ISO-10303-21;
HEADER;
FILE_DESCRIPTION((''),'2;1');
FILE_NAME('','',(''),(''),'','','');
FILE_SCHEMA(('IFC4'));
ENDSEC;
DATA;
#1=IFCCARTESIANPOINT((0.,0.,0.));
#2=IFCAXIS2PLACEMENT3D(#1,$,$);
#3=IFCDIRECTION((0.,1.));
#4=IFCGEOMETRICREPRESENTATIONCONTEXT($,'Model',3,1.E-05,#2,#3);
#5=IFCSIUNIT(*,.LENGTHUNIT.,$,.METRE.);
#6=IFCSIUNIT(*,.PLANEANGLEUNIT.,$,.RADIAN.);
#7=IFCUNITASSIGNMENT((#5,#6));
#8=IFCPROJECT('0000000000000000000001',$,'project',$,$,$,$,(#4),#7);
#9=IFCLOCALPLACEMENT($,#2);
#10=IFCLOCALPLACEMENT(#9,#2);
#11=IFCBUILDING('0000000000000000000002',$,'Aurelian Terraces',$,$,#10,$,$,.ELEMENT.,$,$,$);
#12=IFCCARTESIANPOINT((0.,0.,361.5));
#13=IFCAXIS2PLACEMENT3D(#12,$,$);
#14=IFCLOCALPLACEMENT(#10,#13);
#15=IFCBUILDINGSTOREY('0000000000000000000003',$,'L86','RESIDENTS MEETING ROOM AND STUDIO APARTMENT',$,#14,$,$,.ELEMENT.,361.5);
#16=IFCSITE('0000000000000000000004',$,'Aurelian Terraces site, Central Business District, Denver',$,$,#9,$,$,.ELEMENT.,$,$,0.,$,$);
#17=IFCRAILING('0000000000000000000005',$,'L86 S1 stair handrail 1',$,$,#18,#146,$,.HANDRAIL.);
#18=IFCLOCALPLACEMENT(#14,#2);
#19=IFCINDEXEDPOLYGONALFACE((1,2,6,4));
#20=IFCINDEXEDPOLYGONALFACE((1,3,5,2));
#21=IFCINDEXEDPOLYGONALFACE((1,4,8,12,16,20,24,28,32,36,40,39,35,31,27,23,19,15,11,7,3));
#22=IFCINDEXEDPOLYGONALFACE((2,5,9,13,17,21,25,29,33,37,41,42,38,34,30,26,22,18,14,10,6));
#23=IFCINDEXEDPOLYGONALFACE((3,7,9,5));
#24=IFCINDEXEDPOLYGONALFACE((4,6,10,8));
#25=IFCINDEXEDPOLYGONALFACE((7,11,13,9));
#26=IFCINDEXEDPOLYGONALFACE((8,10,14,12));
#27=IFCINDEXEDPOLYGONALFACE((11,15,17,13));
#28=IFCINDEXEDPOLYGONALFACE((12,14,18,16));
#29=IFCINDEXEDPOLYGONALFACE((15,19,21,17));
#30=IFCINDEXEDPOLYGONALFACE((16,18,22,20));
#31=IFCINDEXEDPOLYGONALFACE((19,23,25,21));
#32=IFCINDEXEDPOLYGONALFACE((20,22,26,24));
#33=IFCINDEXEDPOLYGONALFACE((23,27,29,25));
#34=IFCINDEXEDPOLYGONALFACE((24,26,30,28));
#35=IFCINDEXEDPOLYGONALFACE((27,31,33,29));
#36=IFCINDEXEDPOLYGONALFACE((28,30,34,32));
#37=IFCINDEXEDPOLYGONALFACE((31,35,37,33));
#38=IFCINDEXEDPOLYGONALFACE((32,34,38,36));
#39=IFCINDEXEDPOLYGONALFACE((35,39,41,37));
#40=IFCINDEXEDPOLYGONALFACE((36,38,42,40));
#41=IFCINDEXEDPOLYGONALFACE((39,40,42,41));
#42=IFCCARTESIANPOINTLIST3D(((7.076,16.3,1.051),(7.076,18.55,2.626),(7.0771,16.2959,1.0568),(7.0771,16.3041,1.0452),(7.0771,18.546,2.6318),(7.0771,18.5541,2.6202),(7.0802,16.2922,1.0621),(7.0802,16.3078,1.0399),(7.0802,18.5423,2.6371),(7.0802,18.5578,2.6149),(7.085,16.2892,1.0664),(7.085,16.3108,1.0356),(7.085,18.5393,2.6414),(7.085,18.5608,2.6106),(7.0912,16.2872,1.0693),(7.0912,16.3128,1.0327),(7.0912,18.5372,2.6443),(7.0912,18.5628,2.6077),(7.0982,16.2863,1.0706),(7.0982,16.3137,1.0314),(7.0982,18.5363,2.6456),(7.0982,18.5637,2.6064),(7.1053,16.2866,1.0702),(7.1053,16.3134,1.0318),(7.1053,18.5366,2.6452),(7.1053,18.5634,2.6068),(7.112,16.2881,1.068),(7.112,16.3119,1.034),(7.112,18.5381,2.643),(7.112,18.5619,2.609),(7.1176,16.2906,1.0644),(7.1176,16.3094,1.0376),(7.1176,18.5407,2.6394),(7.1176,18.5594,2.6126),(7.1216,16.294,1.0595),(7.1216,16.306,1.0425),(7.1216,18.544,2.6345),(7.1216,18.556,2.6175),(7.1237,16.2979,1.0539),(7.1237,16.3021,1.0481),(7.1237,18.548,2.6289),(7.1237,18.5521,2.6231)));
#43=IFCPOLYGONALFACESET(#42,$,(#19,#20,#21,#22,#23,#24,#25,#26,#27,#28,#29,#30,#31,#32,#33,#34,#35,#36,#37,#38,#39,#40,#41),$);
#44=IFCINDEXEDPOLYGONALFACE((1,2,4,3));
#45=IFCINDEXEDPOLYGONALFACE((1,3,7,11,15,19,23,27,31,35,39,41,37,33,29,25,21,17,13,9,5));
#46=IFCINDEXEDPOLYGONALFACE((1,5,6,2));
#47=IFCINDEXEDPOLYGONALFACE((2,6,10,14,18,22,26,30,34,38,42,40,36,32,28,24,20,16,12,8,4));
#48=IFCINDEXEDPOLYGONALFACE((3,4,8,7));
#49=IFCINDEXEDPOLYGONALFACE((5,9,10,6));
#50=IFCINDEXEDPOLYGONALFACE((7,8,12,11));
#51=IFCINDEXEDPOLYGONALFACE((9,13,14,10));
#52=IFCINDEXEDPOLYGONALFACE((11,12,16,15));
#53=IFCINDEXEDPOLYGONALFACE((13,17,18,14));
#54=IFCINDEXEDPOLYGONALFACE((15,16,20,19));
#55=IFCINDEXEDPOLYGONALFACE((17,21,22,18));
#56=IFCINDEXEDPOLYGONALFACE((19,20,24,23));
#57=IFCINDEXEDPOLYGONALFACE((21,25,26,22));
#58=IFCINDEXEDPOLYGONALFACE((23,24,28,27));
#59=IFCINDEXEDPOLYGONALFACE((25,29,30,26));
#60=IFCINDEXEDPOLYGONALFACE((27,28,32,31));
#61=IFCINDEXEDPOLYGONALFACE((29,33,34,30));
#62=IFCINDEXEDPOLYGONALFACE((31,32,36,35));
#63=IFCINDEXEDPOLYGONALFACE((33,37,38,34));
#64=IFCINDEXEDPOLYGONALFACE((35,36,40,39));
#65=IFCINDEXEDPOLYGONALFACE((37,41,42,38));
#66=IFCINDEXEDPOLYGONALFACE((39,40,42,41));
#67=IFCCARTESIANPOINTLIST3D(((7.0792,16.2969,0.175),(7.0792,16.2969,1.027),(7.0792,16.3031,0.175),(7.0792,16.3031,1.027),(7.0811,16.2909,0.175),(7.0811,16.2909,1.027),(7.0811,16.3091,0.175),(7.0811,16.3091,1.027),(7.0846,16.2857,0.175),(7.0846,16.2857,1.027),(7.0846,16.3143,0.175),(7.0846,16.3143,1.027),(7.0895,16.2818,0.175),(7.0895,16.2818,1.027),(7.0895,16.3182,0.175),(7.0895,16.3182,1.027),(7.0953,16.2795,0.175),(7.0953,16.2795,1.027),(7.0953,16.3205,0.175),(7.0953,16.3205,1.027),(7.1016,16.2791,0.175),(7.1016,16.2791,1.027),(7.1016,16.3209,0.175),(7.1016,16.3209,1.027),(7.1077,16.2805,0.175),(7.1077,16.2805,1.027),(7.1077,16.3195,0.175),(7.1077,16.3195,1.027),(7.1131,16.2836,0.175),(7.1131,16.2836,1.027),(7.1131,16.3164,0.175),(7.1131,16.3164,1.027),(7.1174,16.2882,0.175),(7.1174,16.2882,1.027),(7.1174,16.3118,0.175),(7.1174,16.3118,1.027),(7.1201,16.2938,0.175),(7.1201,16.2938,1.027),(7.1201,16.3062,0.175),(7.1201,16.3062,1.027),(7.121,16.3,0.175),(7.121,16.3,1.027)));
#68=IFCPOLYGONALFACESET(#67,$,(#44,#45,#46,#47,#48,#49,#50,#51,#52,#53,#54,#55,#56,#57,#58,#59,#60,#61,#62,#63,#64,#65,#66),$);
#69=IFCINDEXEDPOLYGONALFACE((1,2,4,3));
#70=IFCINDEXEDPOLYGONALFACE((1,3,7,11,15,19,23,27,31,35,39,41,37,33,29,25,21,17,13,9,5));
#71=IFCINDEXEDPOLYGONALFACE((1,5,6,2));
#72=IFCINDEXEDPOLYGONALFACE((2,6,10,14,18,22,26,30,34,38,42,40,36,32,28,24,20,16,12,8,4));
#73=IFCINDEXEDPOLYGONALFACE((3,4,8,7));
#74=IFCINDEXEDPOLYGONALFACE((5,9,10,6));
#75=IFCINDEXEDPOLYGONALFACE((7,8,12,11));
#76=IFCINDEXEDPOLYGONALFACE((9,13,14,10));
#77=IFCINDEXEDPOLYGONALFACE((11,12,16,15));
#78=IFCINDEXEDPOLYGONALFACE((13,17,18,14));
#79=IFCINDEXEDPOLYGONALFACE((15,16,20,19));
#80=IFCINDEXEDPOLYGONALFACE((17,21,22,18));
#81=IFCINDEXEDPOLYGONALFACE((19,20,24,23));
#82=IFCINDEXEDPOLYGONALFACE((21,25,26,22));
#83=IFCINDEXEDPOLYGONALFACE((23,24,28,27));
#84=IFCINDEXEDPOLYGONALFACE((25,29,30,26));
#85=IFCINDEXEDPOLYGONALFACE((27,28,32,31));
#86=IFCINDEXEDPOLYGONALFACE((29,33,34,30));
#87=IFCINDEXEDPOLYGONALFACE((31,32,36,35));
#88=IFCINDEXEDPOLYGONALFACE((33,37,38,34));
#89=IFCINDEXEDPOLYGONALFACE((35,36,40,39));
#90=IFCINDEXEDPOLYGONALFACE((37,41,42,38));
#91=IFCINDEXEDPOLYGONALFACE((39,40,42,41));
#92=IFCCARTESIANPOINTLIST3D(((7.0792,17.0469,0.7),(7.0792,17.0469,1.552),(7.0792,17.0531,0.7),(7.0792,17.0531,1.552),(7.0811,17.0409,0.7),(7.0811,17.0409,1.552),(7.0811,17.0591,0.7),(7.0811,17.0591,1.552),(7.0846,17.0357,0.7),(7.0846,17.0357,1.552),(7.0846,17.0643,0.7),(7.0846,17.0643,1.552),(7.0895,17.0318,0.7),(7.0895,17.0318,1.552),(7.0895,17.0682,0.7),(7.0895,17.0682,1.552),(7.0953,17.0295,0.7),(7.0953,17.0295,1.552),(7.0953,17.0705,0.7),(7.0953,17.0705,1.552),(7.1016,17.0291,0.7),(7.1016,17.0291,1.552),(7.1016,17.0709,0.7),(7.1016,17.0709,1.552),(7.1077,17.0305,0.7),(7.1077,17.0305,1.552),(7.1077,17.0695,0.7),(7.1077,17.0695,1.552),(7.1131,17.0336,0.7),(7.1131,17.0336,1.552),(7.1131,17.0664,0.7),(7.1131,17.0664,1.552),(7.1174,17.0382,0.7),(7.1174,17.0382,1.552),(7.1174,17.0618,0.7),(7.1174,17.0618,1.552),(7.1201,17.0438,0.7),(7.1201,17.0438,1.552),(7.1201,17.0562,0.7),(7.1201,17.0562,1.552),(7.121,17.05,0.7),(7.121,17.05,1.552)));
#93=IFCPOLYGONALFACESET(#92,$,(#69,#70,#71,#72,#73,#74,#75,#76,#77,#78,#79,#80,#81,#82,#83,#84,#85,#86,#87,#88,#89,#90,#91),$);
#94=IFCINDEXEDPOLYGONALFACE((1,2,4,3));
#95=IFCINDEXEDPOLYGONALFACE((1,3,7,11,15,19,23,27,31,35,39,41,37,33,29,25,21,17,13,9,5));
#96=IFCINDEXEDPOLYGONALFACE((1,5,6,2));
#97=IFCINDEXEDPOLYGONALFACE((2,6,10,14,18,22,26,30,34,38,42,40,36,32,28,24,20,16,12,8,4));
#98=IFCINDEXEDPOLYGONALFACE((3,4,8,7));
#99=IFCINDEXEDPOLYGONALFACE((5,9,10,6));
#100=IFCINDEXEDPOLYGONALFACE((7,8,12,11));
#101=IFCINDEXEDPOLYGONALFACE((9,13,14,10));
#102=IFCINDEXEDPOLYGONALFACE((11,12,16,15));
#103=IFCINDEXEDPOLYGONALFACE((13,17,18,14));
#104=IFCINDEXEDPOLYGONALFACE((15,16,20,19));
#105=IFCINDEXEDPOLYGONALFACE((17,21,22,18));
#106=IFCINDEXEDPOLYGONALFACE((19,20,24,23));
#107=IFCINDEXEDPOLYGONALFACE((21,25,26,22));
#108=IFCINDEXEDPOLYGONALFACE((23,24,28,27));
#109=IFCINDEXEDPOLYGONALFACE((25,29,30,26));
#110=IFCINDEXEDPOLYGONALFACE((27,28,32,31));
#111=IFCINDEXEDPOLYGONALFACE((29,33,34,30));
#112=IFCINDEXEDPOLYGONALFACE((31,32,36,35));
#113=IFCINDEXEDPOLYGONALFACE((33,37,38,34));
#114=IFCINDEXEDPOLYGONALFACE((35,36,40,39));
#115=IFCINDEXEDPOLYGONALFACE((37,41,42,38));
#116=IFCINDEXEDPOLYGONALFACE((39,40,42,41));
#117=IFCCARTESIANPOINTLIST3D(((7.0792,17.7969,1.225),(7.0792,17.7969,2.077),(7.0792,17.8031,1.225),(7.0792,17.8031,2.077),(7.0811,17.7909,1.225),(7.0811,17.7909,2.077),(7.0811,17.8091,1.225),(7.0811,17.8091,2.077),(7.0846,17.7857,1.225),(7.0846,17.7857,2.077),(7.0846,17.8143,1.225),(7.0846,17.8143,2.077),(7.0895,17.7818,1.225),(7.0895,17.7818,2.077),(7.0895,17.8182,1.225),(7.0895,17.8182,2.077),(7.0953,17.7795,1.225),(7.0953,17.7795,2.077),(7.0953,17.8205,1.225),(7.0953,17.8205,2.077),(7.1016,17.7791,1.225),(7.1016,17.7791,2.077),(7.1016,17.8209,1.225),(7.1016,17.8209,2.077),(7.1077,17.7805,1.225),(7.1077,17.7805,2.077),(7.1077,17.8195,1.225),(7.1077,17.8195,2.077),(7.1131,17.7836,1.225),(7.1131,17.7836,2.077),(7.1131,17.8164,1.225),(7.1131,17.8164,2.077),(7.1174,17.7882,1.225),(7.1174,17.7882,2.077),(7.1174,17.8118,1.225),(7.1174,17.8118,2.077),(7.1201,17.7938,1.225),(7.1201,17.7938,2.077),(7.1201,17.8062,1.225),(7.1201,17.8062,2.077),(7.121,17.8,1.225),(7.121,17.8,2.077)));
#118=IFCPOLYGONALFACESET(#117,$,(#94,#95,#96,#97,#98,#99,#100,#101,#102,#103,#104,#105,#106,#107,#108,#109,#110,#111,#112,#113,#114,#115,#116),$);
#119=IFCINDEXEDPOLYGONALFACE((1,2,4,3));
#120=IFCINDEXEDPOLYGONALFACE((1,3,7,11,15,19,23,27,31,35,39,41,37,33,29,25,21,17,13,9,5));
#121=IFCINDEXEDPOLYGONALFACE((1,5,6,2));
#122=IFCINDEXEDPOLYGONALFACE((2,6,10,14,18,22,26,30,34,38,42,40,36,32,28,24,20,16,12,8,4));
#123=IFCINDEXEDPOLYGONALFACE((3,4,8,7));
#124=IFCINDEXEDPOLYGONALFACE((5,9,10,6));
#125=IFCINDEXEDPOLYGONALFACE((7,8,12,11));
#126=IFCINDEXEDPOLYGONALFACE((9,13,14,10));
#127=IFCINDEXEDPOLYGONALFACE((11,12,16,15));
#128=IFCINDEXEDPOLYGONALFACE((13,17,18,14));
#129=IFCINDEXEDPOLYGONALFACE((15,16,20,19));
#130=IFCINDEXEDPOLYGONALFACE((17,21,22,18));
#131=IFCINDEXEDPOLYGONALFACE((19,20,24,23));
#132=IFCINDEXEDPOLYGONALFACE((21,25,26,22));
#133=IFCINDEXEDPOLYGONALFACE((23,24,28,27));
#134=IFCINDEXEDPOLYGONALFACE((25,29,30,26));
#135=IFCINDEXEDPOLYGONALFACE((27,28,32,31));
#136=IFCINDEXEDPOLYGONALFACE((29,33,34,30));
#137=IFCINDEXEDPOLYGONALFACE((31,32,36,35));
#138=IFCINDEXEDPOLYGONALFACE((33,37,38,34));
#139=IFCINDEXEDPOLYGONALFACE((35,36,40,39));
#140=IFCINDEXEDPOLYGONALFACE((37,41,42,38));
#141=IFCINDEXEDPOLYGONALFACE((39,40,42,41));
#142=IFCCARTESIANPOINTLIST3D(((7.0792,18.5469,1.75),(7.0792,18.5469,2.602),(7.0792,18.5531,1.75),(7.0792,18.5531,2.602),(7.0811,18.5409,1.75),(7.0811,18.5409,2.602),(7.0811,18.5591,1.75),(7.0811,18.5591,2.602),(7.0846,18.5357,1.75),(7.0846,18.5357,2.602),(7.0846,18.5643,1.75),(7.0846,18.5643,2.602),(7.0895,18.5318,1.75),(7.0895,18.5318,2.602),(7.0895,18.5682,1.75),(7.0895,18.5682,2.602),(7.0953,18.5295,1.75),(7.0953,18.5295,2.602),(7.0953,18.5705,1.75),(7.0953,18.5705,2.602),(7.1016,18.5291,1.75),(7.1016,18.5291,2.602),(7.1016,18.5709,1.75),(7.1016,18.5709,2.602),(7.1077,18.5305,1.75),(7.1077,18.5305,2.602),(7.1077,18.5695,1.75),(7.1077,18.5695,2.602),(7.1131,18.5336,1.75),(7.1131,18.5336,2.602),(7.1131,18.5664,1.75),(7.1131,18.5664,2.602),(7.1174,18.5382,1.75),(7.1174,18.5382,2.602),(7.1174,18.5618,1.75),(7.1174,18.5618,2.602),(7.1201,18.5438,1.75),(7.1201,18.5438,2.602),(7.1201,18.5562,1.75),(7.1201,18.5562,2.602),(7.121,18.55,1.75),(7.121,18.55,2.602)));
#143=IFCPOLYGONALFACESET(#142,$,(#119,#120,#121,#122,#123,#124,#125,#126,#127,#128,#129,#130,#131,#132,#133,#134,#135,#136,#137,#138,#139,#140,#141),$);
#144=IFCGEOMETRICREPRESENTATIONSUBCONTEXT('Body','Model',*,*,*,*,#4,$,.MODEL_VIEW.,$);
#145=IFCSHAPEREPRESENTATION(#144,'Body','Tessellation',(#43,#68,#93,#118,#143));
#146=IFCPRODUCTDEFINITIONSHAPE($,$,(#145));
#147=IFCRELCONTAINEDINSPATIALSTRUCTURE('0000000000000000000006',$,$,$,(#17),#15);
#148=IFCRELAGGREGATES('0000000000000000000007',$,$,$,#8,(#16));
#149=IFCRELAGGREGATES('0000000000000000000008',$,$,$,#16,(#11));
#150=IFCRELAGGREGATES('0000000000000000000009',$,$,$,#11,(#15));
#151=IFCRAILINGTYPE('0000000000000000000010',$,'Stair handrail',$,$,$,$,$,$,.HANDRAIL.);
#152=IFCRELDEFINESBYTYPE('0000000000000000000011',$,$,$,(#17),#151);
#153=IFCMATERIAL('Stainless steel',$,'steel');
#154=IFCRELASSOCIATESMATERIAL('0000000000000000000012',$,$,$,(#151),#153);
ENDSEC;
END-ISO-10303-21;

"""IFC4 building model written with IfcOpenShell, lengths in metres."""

from ifc_helpers import new_model, si_unit, direction, frame, origin, origin_2d, place, context, subcontext, project, spatial, circle, extrude, source, transform, mapped, material, type_object, element, save


model = new_model("IFC4")

# Units and contexts
model_context = context("Model", 3, precision=1e-05, world=origin(), true_north=direction((0.0, 1.0)))
body_context = subcontext(model_context, "Body", "Model", "MODEL_VIEW")
ifc_project = project(units=[si_unit("LENGTHUNIT", "METRE"), si_unit("PLANEANGLEUNIT", "RADIAN")], contexts=[model_context])

# Site, building, storey
site_placement = place(None, origin())
site = spatial("IfcSite", under=ifc_project, at=site_placement, Name="Aurelian Terraces site, Central Business District, Denver", CompositionType="ELEMENT", RefElevation=0.0)
building_placement = place(site_placement, origin())
building = spatial("IfcBuilding", under=site, at=building_placement, Name="Aurelian Terraces", CompositionType="ELEMENT")
storey_placement = place(building_placement, frame((0.0, 0.0, 361.5)))
storey = spatial("IfcBuildingStorey", under=building, at=storey_placement, Name="L86", Description="RESIDENTS MEETING ROOM AND STUDIO APARTMENT", CompositionType="ELEMENT", Elevation=361.5)

# Shared definitions
ifc_material_1 = material(Name="Stainless steel", Category="steel")

# Railing
railing_type_1 = type_object("IfcRailingType", Name="Stair handrail", PredefinedType="HANDRAIL", material=ifc_material_1)
shared_shape_1 = source(origin(), body_context, "Body", "SweptSolid", [
    extrude(circle(Radius=0.024, at=origin_2d()), frame((0.0, 0.0, 0.876), z_axis=(0.0, 0.819232, 0.573462), x_axis=(-1.0, 0.0, 0.0)), (0.0, 0.0, 1.0), 2.7465),
    extrude(circle(Radius=0.021, at=origin_2d()), origin(), (0.0, 0.0, 1.0), 0.852),
    extrude(circle(Radius=0.021, at=origin_2d()), frame((0.0, 0.75, 0.525)), (0.0, 0.0, 1.0), 0.852),
    extrude(circle(Radius=0.021, at=origin_2d()), frame((0.0, 1.5, 1.05)), (0.0, 0.0, 1.0), 0.852),
    extrude(circle(Radius=0.021, at=origin_2d()), frame((0.0, 2.25, 1.575)), (0.0, 0.0, 1.0), 0.852),
])
railing_1_placement = place(storey_placement, frame((7.1, 16.3, 0.175)))
element("IfcRailing", 1, at=railing_1_placement, inside=storey, type_object=railing_type_1, Name="L86 S1 stair handrail 1", PredefinedType="HANDRAIL", context=body_context, shape_type="MappedRepresentation", body=[
    mapped(shared_shape_1, transform((0.0, 0.0, 0.0), scale=1.0)),
])

save(model, "model.ifc")
